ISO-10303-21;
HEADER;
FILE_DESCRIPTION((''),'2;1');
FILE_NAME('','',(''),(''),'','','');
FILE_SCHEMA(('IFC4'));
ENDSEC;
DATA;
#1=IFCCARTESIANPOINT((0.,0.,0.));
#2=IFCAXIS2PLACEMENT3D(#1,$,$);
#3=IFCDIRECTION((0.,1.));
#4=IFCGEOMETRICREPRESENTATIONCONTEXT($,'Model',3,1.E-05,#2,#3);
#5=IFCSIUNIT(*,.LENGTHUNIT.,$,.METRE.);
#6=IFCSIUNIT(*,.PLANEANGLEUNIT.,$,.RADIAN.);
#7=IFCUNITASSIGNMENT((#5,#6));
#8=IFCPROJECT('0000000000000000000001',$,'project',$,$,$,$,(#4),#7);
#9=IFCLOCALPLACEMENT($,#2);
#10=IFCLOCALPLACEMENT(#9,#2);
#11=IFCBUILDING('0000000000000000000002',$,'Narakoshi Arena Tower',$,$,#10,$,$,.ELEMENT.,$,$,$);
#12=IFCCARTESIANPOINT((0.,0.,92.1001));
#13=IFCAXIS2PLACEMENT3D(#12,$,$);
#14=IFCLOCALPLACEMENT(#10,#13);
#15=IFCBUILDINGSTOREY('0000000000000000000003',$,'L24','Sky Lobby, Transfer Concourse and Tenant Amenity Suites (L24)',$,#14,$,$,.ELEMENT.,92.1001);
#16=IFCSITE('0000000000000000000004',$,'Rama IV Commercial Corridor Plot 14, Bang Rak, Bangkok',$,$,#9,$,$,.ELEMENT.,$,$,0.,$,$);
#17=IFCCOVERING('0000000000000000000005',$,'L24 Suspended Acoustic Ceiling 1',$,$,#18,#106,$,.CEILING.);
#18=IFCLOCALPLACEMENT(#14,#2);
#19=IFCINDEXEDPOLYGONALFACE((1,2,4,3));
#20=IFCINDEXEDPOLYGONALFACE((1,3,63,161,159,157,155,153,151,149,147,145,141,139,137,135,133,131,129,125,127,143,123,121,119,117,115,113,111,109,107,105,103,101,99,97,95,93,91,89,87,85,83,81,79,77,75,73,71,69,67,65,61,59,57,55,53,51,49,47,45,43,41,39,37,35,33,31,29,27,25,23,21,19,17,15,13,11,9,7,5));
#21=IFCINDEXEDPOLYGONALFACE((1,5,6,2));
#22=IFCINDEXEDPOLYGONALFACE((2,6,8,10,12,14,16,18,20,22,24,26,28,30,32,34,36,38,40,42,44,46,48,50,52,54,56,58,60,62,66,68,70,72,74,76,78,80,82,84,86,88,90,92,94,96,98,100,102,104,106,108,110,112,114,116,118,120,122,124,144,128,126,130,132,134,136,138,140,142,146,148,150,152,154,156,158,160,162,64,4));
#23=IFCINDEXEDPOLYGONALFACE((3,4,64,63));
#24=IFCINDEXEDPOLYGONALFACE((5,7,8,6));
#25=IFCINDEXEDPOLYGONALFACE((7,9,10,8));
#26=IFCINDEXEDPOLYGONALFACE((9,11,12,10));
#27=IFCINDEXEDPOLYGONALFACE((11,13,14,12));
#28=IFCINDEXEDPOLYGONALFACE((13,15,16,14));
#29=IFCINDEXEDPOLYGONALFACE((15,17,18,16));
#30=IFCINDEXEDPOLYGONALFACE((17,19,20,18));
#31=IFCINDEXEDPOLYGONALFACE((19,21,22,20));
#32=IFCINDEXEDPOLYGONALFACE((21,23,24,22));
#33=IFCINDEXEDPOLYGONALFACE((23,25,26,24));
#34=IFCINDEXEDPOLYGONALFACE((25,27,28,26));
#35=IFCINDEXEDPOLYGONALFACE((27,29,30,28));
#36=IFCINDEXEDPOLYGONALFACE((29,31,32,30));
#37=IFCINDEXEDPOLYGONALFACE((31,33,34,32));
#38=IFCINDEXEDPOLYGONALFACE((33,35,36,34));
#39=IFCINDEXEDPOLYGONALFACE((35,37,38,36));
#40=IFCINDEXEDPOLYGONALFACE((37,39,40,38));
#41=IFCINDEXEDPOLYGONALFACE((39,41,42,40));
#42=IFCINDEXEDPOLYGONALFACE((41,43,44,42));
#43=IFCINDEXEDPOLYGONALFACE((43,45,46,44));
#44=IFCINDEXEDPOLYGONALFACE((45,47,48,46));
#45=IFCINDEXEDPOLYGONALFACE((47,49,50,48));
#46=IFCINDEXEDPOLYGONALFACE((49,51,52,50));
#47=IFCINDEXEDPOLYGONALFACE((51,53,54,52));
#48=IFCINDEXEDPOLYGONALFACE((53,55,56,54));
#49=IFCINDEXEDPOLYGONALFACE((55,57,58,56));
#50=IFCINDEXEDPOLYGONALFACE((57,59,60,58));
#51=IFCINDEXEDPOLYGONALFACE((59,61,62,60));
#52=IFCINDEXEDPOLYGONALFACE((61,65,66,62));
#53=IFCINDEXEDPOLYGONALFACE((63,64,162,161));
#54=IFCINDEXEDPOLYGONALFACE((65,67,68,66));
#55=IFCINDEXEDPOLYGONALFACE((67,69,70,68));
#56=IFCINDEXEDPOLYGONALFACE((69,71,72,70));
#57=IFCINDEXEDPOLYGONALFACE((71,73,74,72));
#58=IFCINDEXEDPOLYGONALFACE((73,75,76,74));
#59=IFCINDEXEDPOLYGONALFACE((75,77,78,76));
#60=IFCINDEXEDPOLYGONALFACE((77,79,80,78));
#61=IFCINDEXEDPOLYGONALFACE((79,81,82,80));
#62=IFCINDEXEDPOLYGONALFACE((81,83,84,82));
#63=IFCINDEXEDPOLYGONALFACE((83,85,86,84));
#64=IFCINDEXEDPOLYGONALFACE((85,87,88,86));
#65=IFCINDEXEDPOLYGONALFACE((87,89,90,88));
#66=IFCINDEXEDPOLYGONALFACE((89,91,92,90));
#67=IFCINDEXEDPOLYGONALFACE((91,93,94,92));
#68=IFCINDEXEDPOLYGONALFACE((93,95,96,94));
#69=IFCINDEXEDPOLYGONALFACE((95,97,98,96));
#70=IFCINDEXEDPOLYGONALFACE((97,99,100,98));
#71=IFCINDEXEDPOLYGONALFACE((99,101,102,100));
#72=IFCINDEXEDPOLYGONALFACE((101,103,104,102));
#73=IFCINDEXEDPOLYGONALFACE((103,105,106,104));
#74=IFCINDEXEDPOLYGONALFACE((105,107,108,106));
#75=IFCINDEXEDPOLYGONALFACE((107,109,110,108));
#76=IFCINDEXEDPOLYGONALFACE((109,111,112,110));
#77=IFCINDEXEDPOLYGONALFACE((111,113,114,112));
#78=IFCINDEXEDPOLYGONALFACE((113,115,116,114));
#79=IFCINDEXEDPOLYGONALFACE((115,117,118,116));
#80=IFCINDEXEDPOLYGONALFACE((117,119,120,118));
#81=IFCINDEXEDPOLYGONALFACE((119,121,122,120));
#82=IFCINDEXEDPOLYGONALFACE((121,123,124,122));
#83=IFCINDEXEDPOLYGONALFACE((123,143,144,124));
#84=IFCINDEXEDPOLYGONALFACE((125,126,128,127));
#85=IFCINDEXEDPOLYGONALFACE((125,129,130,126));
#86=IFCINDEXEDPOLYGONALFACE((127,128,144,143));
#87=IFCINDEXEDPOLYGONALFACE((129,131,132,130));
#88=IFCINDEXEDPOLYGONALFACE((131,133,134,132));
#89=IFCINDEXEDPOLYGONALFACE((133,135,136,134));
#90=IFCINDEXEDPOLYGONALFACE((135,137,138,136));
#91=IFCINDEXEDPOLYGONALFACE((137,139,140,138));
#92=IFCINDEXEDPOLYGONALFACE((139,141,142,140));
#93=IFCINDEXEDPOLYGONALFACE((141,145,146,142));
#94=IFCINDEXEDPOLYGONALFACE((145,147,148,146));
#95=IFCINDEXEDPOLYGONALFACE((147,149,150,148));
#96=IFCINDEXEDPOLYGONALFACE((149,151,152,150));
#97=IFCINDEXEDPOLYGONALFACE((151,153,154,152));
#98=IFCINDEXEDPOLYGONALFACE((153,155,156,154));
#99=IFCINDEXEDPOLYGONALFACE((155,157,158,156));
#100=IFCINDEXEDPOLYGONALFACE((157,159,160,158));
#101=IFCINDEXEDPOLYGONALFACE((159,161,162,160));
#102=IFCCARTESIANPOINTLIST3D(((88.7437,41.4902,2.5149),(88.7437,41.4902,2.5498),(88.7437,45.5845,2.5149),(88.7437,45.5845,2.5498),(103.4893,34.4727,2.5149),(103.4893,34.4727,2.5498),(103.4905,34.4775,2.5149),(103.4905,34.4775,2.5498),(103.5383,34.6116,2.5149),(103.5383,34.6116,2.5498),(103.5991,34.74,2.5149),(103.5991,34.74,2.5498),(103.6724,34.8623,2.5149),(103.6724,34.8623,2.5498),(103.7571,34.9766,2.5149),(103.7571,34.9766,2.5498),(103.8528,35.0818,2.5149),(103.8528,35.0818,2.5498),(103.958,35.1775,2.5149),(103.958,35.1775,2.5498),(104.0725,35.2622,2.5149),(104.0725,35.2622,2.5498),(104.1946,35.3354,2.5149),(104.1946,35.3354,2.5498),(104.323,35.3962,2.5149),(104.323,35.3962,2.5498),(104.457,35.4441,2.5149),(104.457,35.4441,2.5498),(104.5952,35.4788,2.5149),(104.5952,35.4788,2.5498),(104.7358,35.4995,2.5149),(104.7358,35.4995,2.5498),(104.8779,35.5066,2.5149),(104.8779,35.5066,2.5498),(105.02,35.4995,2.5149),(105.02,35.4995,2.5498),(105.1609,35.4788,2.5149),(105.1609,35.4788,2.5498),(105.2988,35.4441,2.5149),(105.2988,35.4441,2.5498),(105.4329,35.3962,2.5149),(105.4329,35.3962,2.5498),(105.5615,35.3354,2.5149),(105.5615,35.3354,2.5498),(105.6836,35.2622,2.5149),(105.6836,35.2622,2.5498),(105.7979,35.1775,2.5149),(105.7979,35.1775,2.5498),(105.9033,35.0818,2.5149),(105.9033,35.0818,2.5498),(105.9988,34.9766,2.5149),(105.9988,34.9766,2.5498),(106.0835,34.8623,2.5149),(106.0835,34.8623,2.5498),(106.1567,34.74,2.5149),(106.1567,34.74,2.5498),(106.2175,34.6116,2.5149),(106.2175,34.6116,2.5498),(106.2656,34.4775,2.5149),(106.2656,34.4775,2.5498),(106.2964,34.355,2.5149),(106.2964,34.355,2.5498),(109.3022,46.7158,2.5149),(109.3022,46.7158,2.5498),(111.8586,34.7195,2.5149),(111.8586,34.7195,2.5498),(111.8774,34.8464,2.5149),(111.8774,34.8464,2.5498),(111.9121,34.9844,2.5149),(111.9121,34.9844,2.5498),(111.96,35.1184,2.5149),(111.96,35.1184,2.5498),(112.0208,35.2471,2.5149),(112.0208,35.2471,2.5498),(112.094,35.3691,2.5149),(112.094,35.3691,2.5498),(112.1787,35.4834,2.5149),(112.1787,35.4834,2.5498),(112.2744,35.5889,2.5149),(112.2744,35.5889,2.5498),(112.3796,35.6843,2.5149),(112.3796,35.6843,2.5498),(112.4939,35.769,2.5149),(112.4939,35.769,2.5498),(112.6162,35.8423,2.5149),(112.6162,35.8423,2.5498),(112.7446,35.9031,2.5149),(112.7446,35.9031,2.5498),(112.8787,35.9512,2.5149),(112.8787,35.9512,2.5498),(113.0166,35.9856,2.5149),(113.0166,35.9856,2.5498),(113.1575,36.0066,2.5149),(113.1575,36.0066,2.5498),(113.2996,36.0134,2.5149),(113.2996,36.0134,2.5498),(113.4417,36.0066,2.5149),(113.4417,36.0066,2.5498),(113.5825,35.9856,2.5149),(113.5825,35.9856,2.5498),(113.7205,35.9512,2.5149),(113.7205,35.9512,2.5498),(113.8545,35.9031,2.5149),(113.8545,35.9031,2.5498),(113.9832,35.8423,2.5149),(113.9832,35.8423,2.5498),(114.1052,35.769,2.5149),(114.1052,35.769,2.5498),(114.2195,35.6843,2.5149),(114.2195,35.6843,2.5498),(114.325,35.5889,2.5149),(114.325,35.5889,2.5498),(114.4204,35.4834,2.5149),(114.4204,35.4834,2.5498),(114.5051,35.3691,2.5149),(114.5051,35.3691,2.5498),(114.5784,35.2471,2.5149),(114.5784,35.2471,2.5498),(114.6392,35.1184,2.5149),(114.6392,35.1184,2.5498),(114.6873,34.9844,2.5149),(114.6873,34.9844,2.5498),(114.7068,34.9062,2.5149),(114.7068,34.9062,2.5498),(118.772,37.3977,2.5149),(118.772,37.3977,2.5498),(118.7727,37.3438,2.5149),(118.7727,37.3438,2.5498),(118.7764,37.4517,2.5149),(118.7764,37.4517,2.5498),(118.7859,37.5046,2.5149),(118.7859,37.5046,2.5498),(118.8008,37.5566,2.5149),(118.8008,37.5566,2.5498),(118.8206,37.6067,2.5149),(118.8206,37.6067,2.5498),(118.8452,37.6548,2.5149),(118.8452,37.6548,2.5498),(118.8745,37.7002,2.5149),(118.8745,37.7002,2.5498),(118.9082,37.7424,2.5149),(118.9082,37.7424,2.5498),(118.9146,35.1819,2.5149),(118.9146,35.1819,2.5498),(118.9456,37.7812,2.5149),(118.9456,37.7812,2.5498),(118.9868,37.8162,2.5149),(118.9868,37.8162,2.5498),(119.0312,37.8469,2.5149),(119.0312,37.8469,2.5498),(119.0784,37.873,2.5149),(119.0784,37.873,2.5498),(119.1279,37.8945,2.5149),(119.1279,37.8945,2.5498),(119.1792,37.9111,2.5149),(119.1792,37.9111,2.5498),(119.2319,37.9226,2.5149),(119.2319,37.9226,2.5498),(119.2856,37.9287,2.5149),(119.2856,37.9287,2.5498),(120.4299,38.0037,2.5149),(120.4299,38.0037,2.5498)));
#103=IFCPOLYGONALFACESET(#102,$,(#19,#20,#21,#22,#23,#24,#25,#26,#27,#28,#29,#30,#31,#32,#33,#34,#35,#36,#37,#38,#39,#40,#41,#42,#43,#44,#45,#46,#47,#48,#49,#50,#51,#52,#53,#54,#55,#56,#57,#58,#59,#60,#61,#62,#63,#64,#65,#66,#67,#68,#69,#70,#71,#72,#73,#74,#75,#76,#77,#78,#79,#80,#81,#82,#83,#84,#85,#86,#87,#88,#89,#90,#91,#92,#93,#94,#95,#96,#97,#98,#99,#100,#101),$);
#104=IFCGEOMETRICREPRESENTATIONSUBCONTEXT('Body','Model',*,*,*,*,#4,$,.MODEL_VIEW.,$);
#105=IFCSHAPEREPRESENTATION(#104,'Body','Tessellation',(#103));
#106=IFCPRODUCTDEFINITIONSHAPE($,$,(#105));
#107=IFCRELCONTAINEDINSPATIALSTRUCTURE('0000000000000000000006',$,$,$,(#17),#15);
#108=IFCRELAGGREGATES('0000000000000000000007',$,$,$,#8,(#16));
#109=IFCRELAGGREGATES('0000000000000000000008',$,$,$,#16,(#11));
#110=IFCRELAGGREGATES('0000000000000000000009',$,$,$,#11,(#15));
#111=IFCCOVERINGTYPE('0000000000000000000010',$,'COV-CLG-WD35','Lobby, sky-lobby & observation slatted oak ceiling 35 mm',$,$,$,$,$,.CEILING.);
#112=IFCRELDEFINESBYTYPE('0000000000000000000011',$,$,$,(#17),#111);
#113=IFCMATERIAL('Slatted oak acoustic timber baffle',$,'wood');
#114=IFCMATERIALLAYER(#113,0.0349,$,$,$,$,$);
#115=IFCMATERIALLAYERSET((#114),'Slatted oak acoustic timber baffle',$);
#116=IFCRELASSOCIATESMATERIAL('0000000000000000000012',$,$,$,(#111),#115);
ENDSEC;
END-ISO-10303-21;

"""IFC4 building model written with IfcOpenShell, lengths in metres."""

from ifc_helpers import new_model, si_unit, direction, frame, origin, place, context, subcontext, project, spatial, polyline, outline, extrude, material, layer, layer_set, type_object, element, save


model = new_model("IFC4")

# Units and contexts
model_context = context("Model", 3, precision=1e-05, world=origin(), true_north=direction((0.0, 1.0)))
body_context = subcontext(model_context, "Body", "Model", "MODEL_VIEW")
ifc_project = project(units=[si_unit("LENGTHUNIT", "METRE"), si_unit("PLANEANGLEUNIT", "RADIAN")], contexts=[model_context])

# Site, building, storey
site_placement = place(None, origin())
site = spatial("IfcSite", under=ifc_project, at=site_placement, Name="Rama IV Commercial Corridor Plot 14, Bang Rak, Bangkok", CompositionType="ELEMENT", RefElevation=0.0)
building_placement = place(site_placement, origin())
building = spatial("IfcBuilding", under=site, at=building_placement, Name="Narakoshi Arena Tower", CompositionType="ELEMENT")
storey_placement = place(building_placement, frame((0.0, 0.0, 92.1001)))
storey = spatial("IfcBuildingStorey", under=building, at=storey_placement, Name="L24", Description="Sky Lobby, Transfer Concourse and Tenant Amenity Suites (L24)", CompositionType="ELEMENT", Elevation=92.1001)

# Covering
ifc_material_1 = material(Name="Slatted oak acoustic timber baffle", Category="wood")
ifc_layer_1 = layer(ifc_material_1, 0.0349)
ifc_layer_set_1 = layer_set([ifc_layer_1], Name="Slatted oak acoustic timber baffle")
covering_type_1 = type_object("IfcCoveringType", Name="COV-CLG-WD35", Description="Lobby, sky-lobby & observation slatted oak ceiling 35 mm", PredefinedType="CEILING", material=ifc_layer_set_1)
covering_1_placement = place(storey_placement, frame((0.0, 0.0, 2.5149)))
element("IfcCovering", 1, at=covering_1_placement, inside=storey, type_object=covering_type_1, Name="L24 Suspended Acoustic Ceiling 1", PredefinedType="CEILING", context=body_context, shape_type="SweptSolid", body=[
    extrude(outline(polyline([(119.2856, 37.9287), (119.2319, 37.9226), (119.1792, 37.9111), (119.1279, 37.8945), (119.0784, 37.873), (119.0312, 37.8469), (118.9868, 37.8162), (118.9456, 37.7812), (118.9082, 37.7424), (118.8745, 37.7002), (118.8452, 37.6548), (118.8206, 37.6067), (118.8008, 37.5566), (118.7859, 37.5046), (118.7764, 37.4517), (118.772, 37.3977), (118.7727, 37.3438), (118.9146, 35.1819), (114.7068, 34.9062), (114.6873, 34.9844), (114.6392, 35.1184), (114.5784, 35.2471), (114.5051, 35.3691), (114.4204, 35.4834), (114.325, 35.5889), (114.2195, 35.6843), (114.1052, 35.769), (113.9832, 35.8423), (113.8545, 35.9031), (113.7205, 35.9512), (113.5825, 35.9856), (113.4417, 36.0066), (113.2996, 36.0134), (113.1575, 36.0066), (113.0166, 35.9856), (112.8787, 35.9512), (112.7446, 35.9031), (112.6162, 35.8423), (112.4939, 35.769), (112.3796, 35.6843), (112.2744, 35.5889), (112.1787, 35.4834), (112.094, 35.3691), (112.0208, 35.2471), (111.96, 35.1184), (111.9121, 34.9844), (111.8774, 34.8464), (111.8586, 34.7195), (106.2964, 34.355), (106.2656, 34.4775), (106.2175, 34.6116), (106.1567, 34.74), (106.0835, 34.8623), (105.9988, 34.9766), (105.9033, 35.0818), (105.7979, 35.1775), (105.6836, 35.2622), (105.5615, 35.3354), (105.4329, 35.3962), (105.2988, 35.4441), (105.1609, 35.4788), (105.02, 35.4995), (104.8779, 35.5066), (104.7358, 35.4995), (104.5952, 35.4788), (104.457, 35.4441), (104.323, 35.3962), (104.1946, 35.3354), (104.0725, 35.2622), (103.958, 35.1775), (103.8528, 35.0818), (103.7571, 34.9766), (103.6724, 34.8623), (103.5991, 34.74), (103.5383, 34.6116), (103.4905, 34.4775), (103.4893, 34.4727), (88.7437, 41.4902), (88.7437, 45.5845), (109.3022, 46.7158), (120.4299, 38.0037), (119.2856, 37.9287)])), origin(), (0.0, 0.0, 1.0), 0.0349),
])

save(model, "model.ifc")
